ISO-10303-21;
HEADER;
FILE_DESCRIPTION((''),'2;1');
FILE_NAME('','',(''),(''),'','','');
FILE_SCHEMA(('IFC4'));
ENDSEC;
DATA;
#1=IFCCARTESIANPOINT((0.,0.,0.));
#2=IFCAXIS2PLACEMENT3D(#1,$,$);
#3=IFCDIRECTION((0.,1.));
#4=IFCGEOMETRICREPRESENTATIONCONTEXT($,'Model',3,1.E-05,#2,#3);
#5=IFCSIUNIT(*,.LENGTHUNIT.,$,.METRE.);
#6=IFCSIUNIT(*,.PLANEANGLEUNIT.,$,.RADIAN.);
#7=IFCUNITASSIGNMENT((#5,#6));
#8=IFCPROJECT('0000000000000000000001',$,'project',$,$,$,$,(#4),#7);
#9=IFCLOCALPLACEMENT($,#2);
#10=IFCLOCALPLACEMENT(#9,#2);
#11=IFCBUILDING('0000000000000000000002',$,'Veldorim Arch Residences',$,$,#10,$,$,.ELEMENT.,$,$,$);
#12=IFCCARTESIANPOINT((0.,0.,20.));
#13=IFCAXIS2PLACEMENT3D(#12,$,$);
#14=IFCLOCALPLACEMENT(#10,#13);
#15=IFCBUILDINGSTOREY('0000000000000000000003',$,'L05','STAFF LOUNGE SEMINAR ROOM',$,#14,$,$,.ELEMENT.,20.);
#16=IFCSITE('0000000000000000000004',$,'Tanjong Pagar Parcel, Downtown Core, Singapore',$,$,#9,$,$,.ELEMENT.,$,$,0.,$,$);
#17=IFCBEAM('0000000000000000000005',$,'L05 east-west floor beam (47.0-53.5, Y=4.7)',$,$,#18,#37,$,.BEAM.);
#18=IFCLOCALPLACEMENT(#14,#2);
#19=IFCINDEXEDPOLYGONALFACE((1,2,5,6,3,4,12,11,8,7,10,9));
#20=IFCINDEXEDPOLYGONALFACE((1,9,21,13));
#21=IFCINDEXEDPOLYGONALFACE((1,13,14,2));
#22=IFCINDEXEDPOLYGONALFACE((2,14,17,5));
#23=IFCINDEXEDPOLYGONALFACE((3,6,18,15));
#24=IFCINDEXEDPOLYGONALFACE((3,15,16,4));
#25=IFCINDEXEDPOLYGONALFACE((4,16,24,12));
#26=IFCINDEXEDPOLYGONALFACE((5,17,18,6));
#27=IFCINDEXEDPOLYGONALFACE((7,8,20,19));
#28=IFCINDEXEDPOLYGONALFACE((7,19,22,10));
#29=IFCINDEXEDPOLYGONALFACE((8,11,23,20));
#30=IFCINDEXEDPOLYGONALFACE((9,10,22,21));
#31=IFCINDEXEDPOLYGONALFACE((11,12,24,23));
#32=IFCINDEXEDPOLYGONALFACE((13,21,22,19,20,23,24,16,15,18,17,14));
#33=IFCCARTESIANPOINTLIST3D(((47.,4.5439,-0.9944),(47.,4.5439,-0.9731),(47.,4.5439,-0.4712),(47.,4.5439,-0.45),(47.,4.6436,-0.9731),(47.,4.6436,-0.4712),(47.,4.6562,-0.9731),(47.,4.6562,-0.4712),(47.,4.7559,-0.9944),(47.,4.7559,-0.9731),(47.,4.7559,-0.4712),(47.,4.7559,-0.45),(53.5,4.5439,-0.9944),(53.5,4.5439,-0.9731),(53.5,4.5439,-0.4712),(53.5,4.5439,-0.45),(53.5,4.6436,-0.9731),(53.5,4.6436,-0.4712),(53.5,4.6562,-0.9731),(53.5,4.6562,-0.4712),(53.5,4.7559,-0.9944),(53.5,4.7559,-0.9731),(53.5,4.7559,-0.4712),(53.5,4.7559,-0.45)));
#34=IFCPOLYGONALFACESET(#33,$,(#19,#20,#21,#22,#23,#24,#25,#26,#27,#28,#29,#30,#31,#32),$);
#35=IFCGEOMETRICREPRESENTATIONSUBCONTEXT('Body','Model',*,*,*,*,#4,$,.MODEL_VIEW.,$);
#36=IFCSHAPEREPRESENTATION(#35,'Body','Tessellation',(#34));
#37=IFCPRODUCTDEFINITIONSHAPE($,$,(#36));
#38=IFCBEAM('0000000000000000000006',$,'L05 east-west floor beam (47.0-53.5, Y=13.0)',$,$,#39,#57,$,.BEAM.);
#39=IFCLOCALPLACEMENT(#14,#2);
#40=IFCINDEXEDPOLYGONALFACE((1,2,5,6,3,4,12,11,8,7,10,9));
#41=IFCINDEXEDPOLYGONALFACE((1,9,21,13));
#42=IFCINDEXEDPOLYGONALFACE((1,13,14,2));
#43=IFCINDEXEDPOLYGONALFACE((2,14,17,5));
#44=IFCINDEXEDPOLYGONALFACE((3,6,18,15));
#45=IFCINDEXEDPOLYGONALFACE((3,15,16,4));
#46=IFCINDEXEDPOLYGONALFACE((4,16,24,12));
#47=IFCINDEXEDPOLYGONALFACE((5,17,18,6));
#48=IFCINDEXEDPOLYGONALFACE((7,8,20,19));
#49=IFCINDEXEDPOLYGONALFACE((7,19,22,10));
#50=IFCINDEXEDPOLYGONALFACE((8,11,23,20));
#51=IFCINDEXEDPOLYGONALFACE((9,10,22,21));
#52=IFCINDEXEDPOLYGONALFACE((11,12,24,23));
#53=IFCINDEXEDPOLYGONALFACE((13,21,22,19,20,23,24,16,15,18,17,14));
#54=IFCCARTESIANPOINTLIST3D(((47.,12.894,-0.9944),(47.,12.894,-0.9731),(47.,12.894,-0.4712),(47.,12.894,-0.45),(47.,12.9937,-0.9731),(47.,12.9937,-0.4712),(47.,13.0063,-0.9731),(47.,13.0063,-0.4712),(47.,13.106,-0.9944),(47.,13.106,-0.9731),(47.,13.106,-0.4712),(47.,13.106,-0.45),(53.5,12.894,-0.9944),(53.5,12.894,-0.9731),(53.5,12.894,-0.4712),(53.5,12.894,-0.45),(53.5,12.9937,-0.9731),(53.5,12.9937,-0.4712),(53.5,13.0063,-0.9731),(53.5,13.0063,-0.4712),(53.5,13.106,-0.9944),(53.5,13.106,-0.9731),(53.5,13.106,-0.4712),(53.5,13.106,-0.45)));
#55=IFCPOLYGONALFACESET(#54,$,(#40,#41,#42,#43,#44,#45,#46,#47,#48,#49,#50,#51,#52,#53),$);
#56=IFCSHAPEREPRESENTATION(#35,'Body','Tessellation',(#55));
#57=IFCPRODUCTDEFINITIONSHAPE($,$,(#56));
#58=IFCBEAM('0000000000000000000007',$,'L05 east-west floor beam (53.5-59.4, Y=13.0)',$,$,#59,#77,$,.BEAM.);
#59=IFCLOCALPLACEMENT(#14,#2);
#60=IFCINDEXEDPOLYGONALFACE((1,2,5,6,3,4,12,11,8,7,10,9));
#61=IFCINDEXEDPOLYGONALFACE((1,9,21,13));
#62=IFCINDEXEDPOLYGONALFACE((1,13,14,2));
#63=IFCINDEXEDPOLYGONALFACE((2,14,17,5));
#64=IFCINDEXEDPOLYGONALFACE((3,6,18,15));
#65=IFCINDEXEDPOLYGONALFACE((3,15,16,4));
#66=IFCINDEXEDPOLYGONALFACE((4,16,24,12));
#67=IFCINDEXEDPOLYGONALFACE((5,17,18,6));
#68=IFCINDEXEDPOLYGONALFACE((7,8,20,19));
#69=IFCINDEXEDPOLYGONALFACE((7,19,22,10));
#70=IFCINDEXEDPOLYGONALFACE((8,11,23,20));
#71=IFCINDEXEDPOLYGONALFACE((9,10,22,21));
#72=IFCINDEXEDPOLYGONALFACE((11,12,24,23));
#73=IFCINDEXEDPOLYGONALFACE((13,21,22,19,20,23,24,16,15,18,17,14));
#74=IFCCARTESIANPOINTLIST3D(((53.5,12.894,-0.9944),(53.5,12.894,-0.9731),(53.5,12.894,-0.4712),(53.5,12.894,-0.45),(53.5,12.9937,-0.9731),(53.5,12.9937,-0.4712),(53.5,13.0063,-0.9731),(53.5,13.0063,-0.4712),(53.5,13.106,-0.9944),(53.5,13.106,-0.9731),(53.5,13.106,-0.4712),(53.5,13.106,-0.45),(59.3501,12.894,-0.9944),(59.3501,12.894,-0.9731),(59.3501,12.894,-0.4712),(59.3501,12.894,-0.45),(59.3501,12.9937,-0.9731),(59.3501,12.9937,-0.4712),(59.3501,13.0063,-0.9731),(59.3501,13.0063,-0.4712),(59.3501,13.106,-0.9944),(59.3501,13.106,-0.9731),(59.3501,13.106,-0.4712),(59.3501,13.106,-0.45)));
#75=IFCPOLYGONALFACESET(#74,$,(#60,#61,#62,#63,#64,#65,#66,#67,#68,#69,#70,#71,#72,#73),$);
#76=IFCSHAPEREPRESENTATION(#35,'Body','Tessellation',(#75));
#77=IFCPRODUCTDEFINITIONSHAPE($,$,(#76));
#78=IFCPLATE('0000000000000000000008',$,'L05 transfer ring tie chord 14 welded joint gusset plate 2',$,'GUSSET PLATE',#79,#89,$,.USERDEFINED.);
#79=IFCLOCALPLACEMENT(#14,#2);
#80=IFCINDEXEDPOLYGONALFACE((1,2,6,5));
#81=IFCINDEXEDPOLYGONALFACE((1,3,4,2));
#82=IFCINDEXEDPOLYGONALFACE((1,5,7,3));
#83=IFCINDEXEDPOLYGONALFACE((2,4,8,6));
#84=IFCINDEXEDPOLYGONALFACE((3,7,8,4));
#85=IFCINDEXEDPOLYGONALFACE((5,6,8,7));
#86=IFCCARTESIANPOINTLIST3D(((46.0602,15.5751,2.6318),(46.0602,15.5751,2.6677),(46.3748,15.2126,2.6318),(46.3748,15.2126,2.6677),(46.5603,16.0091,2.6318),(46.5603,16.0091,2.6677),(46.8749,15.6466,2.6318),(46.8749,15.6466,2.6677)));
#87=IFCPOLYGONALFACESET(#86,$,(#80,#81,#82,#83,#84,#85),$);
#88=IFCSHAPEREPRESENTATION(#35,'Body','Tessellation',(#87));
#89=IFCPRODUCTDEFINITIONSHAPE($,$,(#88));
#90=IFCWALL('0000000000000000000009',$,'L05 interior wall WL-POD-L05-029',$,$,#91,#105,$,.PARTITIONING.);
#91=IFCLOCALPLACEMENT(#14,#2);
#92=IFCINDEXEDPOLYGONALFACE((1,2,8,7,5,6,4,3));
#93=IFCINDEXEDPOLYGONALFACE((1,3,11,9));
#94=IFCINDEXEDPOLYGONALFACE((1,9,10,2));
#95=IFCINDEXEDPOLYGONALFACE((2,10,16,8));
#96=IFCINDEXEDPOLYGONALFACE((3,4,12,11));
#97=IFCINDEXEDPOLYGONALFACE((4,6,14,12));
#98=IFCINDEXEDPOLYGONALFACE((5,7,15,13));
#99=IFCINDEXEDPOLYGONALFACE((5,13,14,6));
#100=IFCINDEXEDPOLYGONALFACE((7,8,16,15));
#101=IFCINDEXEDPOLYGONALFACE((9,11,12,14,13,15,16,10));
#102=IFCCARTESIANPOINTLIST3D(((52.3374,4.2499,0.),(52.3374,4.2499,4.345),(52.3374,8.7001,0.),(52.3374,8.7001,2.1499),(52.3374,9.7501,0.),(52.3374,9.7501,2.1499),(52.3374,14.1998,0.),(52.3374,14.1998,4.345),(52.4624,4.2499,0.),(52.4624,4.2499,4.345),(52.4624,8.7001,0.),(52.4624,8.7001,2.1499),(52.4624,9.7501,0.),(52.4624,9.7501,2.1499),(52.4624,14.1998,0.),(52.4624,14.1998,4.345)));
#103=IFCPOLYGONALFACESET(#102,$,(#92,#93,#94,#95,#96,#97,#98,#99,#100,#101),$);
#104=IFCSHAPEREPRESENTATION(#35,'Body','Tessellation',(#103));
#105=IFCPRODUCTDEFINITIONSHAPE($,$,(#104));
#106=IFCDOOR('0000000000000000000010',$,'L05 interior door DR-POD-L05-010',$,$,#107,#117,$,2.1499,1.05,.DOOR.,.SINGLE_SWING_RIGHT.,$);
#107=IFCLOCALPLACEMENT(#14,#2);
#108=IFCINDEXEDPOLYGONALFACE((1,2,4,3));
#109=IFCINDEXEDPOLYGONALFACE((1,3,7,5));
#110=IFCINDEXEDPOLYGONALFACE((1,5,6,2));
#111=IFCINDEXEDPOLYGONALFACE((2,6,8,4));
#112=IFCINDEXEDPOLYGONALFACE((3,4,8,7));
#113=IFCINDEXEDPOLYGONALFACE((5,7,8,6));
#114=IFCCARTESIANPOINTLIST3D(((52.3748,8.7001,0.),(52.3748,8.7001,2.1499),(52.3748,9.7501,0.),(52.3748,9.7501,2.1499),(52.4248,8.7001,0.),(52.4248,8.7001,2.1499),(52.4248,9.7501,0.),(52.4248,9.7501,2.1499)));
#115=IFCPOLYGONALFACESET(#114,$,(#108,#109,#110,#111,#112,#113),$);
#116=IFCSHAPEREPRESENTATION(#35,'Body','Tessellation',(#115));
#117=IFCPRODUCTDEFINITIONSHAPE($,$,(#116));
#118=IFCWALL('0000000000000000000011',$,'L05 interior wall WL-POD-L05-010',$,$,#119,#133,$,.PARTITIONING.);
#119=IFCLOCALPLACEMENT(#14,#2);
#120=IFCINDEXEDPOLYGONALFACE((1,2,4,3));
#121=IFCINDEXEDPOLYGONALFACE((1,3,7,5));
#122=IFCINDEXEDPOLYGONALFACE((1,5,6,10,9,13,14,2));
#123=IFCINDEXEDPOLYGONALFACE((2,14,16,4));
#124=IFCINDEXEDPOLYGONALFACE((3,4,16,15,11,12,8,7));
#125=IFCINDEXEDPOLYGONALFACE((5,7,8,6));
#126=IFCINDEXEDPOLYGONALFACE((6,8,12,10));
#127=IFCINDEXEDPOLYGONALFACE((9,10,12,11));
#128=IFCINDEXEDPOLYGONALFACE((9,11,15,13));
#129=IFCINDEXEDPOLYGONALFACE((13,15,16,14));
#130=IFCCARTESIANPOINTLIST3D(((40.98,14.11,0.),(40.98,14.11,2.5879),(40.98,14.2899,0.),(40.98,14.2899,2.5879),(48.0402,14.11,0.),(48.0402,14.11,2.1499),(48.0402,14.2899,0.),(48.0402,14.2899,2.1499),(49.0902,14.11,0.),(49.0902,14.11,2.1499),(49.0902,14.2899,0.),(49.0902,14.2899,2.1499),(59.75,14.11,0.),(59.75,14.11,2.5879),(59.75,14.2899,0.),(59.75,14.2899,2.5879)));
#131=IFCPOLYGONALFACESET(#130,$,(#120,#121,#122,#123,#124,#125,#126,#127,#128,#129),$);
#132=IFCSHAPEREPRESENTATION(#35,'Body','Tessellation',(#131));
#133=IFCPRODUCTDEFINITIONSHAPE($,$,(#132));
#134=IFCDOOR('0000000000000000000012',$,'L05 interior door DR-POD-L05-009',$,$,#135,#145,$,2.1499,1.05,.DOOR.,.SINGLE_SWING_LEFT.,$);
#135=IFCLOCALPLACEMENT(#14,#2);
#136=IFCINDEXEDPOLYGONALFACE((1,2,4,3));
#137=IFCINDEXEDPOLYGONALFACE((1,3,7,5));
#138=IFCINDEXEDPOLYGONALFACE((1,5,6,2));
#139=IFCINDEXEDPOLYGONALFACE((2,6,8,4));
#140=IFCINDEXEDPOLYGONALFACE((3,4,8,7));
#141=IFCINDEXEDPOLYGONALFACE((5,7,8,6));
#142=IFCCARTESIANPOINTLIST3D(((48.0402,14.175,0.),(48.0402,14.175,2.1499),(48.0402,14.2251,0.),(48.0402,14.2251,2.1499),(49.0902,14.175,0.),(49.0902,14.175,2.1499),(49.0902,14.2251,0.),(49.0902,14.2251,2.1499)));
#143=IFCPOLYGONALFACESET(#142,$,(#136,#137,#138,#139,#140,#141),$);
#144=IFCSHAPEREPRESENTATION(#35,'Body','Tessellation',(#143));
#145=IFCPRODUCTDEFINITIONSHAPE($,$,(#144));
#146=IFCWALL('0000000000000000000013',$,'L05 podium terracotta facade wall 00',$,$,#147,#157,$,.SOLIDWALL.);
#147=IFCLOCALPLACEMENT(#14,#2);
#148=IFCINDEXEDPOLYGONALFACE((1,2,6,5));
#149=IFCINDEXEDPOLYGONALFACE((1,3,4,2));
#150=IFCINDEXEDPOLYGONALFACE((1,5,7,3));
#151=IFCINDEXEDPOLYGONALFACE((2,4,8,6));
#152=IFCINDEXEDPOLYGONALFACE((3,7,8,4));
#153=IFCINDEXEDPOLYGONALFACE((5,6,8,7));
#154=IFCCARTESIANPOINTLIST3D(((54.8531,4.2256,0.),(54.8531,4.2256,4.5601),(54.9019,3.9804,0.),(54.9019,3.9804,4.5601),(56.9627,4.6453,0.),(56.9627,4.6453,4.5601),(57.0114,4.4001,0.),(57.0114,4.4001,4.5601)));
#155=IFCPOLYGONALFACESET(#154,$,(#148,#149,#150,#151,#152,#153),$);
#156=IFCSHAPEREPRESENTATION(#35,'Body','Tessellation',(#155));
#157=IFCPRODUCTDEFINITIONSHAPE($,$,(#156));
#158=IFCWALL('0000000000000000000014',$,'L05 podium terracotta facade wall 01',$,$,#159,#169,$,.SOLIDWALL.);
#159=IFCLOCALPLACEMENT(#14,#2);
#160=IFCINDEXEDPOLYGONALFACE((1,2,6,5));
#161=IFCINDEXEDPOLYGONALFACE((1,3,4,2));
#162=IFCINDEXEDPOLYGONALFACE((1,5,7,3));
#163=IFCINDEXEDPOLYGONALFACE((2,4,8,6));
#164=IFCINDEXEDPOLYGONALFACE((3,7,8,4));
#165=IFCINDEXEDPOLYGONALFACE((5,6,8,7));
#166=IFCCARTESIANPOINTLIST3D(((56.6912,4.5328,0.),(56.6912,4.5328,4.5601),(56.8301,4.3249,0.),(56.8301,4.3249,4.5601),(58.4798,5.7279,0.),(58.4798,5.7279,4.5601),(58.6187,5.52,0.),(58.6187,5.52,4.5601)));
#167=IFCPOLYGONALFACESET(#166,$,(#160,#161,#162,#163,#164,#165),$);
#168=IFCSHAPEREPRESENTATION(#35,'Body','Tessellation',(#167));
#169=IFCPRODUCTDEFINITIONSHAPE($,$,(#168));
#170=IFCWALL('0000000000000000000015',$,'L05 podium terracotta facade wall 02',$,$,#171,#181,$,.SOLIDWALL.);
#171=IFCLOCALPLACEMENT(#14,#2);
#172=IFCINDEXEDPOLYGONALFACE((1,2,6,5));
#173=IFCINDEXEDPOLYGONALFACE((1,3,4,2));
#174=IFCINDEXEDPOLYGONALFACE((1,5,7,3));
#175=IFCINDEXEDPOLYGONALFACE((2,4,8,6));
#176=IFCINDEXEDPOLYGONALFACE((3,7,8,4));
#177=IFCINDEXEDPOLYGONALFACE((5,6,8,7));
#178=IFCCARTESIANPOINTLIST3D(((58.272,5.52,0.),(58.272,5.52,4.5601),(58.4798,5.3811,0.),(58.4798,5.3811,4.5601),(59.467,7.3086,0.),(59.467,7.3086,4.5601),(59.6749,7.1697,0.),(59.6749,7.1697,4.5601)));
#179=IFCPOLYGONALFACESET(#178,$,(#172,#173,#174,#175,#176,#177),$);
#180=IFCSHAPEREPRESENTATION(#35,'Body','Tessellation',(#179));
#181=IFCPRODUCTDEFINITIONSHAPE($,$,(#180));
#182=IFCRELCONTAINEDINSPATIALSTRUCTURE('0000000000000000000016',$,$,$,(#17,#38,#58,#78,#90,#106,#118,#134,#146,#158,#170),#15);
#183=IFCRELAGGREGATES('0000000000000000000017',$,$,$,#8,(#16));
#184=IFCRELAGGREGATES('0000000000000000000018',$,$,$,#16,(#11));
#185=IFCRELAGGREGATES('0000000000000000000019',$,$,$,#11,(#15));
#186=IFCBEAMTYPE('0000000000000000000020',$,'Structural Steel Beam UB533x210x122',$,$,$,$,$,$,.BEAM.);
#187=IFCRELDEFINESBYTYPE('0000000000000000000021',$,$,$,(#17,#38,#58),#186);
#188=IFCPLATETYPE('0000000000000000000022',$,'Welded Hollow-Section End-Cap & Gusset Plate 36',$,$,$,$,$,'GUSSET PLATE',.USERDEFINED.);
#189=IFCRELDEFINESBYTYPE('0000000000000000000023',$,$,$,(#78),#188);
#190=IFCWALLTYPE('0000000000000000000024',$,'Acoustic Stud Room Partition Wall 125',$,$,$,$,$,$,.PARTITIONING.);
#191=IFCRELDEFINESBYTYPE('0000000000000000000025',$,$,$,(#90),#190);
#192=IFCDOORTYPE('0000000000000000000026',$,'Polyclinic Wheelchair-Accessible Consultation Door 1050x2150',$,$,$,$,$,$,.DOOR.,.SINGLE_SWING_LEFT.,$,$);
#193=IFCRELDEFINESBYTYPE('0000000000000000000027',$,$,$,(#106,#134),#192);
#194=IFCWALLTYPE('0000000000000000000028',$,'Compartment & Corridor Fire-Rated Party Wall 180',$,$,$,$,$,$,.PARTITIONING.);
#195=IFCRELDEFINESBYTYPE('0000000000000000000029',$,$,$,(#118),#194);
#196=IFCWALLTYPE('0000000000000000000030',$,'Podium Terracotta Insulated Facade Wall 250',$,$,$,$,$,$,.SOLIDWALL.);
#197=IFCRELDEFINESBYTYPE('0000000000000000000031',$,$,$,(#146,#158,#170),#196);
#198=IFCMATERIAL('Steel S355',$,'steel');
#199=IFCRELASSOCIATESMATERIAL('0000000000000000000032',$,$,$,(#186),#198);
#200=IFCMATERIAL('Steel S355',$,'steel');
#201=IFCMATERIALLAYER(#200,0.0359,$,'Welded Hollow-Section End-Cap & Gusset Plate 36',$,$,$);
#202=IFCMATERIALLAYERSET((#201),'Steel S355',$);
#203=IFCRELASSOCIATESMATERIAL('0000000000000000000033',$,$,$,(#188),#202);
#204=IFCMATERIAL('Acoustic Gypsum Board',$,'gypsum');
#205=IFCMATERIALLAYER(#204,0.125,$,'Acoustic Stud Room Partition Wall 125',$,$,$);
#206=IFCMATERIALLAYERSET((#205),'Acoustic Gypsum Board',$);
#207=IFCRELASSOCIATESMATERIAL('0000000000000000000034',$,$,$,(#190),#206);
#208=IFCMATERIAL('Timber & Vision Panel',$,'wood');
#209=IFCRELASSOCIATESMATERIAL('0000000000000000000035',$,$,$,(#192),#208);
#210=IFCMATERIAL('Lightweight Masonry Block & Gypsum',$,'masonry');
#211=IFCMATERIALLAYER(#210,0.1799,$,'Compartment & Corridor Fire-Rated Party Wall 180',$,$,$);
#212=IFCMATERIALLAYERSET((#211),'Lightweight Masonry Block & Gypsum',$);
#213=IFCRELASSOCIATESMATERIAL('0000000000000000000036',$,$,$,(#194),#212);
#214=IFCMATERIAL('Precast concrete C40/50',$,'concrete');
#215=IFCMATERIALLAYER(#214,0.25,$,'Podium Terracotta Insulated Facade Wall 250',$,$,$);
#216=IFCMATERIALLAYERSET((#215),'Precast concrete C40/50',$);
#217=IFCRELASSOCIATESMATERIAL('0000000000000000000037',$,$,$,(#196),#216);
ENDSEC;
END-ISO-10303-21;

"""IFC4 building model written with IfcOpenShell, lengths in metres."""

from ifc_helpers import new_model, si_unit, direction, frame, frame_2d, origin, origin_2d, place, context, subcontext, project, spatial, rectangle, i_section, extrude, material, layer, layer_set, material_profile, profile_set, type_object, element, fill, save


model = new_model("IFC4")

# Units and contexts
model_context = context("Model", 3, precision=1e-05, world=origin(), true_north=direction((0.0, 1.0)))
body_context = subcontext(model_context, "Body", "Model", "MODEL_VIEW")
ifc_project = project(units=[si_unit("LENGTHUNIT", "METRE"), si_unit("PLANEANGLEUNIT", "RADIAN")], contexts=[model_context])

# Site, building, storey
site_placement = place(None, origin())
site = spatial("IfcSite", under=ifc_project, at=site_placement, Name="Tanjong Pagar Parcel, Downtown Core, Singapore", CompositionType="ELEMENT", RefElevation=0.0)
building_placement = place(site_placement, origin())
building = spatial("IfcBuilding", under=site, at=building_placement, Name="Veldorim Arch Residences", CompositionType="ELEMENT")
storey_placement = place(building_placement, frame((0.0, 0.0, 20.0)))
storey = spatial("IfcBuildingStorey", under=building, at=storey_placement, Name="L05", Description="STAFF LOUNGE SEMINAR ROOM", CompositionType="ELEMENT", Elevation=20.0)

# Beams
ifc_material_1 = material(Name="Steel S355", Category="steel")
ifc_material_profile_1 = material_profile(ifc_material_1, i_section(OverallWidth=0.2119, OverallDepth=0.5444, WebThickness=0.0127, FlangeThickness=0.0212, at=origin_2d()), Name="UB533x210x122")
ifc_profile_set_1 = profile_set([ifc_material_profile_1], Name="Steel S355")
beam_type_1 = type_object("IfcBeamType", Name="Structural Steel Beam UB533x210x122", PredefinedType="BEAM", material=ifc_profile_set_1)
for number, where, z_axis, x_axis, name in (
    (1, (47.0, 4.6499, -0.7222), (1.0, 0.0, 0.0), (0.0, 1.0, 0.0), "L05 east-west floor beam (47.0-53.5, Y=4.7)"),
    (2, (47.0, 13.0, -0.7222), (1.0, 0.0, 0.0), (0.0, 1.0, 0.0), "L05 east-west floor beam (47.0-53.5, Y=13.0)"),
):
    element("IfcBeam", number, at=place(storey_placement, frame(where, z_axis=z_axis, x_axis=x_axis)), inside=storey, type_object=beam_type_1, Name=name, PredefinedType="BEAM", context=body_context, shape_type="SweptSolid", body=[
        extrude(i_section(OverallWidth=0.2119, OverallDepth=0.5444, WebThickness=0.0127, FlangeThickness=0.0212, at=origin_2d()), origin(), (0.0, 0.0, 1.0), 6.5),
    ])
beam_1_placement = place(storey_placement, frame((53.5, 13.0, -0.7222), z_axis=(1.0, 0.0, 0.0), x_axis=(0.0, 1.0, 0.0)))
element("IfcBeam", 3, at=beam_1_placement, inside=storey, type_object=beam_type_1, Name="L05 east-west floor beam (53.5-59.4, Y=13.0)", PredefinedType="BEAM", context=body_context, shape_type="SweptSolid", body=[
    extrude(i_section(OverallWidth=0.2119, OverallDepth=0.5444, WebThickness=0.0127, FlangeThickness=0.0212, at=origin_2d()), origin(), (0.0, 0.0, 1.0), 5.8501),
])

# Plate
ifc_material_2 = material(Name="Steel S355", Category="steel")
ifc_layer_1 = layer(ifc_material_2, 0.0359, Name="Welded Hollow-Section End-Cap & Gusset Plate 36")
ifc_layer_set_1 = layer_set([ifc_layer_1], Name="Steel S355")
plate_type = type_object("IfcPlateType", Name="Welded Hollow-Section End-Cap & Gusset Plate 36", ElementType="GUSSET PLATE", PredefinedType="USERDEFINED", material=ifc_layer_set_1)
plate_placement = place(storey_placement, frame((46.4675, 15.6108, 2.6318), z_axis=(0.0, 0.0, 1.0), x_axis=(0.755259, 0.655427, 0.0)))
element("IfcPlate", 4, at=plate_placement, inside=storey, type_object=plate_type, Name="L05 transfer ring tie chord 14 welded joint gusset plate 2", ObjectType="GUSSET PLATE", PredefinedType="USERDEFINED", context=body_context, shape_type="SweptSolid", body=[
    extrude(rectangle(XDim=0.6621, YDim=0.48, at=origin_2d()), origin(), (0.0, 0.0, 1.0), 0.0359),
])

# Walls, openings, doors
ifc_material_3 = material(Name="Acoustic Gypsum Board", Category="gypsum")
ifc_layer_2 = layer(ifc_material_3, 0.125, Name="Acoustic Stud Room Partition Wall 125")
ifc_layer_set_2 = layer_set([ifc_layer_2], Name="Acoustic Gypsum Board")
wall_type_1 = type_object("IfcWallType", Name="Acoustic Stud Room Partition Wall 125", PredefinedType="PARTITIONING", material=ifc_layer_set_2)
wall_1_placement = place(storey_placement, frame((52.3999, 14.2, 0.0), z_axis=(0.0, 0.0, 1.0), x_axis=(0.0, -1.0, 0.0)))
wall_1 = element("IfcWall", 5, at=wall_1_placement, inside=storey, type_object=wall_type_1, Name="L05 interior wall WL-POD-L05-029", PredefinedType="PARTITIONING", context=body_context, shape_type="SweptSolid", body=[
    extrude(rectangle(XDim=9.95, YDim=0.125, at=frame_2d((4.9751, 0.0))), origin(), (0.0, 0.0, 1.0), 4.345),
])
opening_1_placement = place(wall_1_placement, frame((4.45, 0.0, 0.0)))
opening_1 = element("IfcOpeningElement", 6, at=opening_1_placement, cuts=wall_1, PredefinedType="OPENING", context=body_context, shape_type="SweptSolid", body=[
    extrude(rectangle(XDim=1.05, YDim=2.1499, at=frame_2d((0.5249, 1.075))), frame((0.0, 0.0725, 0.0), z_axis=(0.0, -1.0, 0.0), x_axis=(1.0, 0.0, 0.0)), (0.0, 0.0, 1.0), 0.145),
])
ifc_material_4 = material(Name="Timber & Vision Panel", Category="wood")
door_type = type_object("IfcDoorType", Name="Polyclinic Wheelchair-Accessible Consultation Door 1050x2150", OperationType="SINGLE_SWING_LEFT", PredefinedType="DOOR", material=ifc_material_4)
door_1_placement = place(opening_1_placement, origin())
door_1 = element("IfcDoor", 7, at=door_1_placement, inside=storey, type_object=door_type, Name="L05 interior door DR-POD-L05-010", OperationType="SINGLE_SWING_RIGHT", OverallHeight=2.1499, OverallWidth=1.05, PredefinedType="DOOR", context=body_context, shape_type="SweptSolid", body=[
    extrude(rectangle(XDim=1.05, YDim=2.1499, at=frame_2d((0.5249, 1.075))), frame((0.0, 0.0249, 0.0), z_axis=(0.0, -1.0, 0.0), x_axis=(1.0, 0.0, 0.0)), (0.0, 0.0, 1.0), 0.05),
])
fill(opening_1, door_1)
ifc_material_5 = material(Name="Lightweight Masonry Block & Gypsum", Category="masonry")
ifc_layer_3 = layer(ifc_material_5, 0.1799, Name="Compartment & Corridor Fire-Rated Party Wall 180")
ifc_layer_set_3 = layer_set([ifc_layer_3], Name="Lightweight Masonry Block & Gypsum")
wall_type_2 = type_object("IfcWallType", Name="Compartment & Corridor Fire-Rated Party Wall 180", PredefinedType="PARTITIONING", material=ifc_layer_set_3)
wall_2_placement = place(storey_placement, frame((59.75, 14.2, 0.0), z_axis=(0.0, 0.0, 1.0), x_axis=(-1.0, 0.0, 0.0)))
wall_2 = element("IfcWall", 8, at=wall_2_placement, inside=storey, type_object=wall_type_2, Name="L05 interior wall WL-POD-L05-010", PredefinedType="PARTITIONING", context=body_context, shape_type="SweptSolid", body=[
    extrude(rectangle(XDim=18.77, YDim=0.1799, at=frame_2d((9.385, 0.0))), origin(), (0.0, 0.0, 1.0), 2.5879),
])
opening_2_placement = place(wall_2_placement, frame((10.6599, 0.0, 0.0)))
opening_2 = element("IfcOpeningElement", 9, at=opening_2_placement, cuts=wall_2, PredefinedType="OPENING", context=body_context, shape_type="SweptSolid", body=[
    extrude(rectangle(XDim=1.05, YDim=2.1499, at=frame_2d((0.5249, 1.075))), frame((0.0, 0.0999, 0.0), z_axis=(0.0, -1.0, 0.0), x_axis=(1.0, 0.0, 0.0)), (0.0, 0.0, 1.0), 0.2),
])
door_2_placement = place(opening_2_placement, origin())
door_2 = element("IfcDoor", 10, at=door_2_placement, inside=storey, type_object=door_type, Name="L05 interior door DR-POD-L05-009", OperationType="SINGLE_SWING_LEFT", OverallHeight=2.1499, OverallWidth=1.05, PredefinedType="DOOR", context=body_context, shape_type="SweptSolid", body=[
    extrude(rectangle(XDim=1.05, YDim=2.1499, at=frame_2d((0.5249, 1.075))), frame((0.0, 0.0249, 0.0), z_axis=(0.0, -1.0, 0.0), x_axis=(1.0, 0.0, 0.0)), (0.0, 0.0, 1.0), 0.05),
])
fill(opening_2, door_2)

# Walls
ifc_material_6 = material(Name="Precast concrete C40/50", Category="concrete")
ifc_layer_4 = layer(ifc_material_6, 0.25, Name="Podium Terracotta Insulated Facade Wall 250")
ifc_layer_set_4 = layer_set([ifc_layer_4], Name="Precast concrete C40/50")
wall_type_3 = type_object("IfcWallType", Name="Podium Terracotta Insulated Facade Wall 250", PredefinedType="SOLIDWALL", material=ifc_layer_set_4)
wall_3_placement = place(storey_placement, frame((56.9871, 4.5227, 0.0), z_axis=(0.0, 0.0, 1.0), x_axis=(-0.980781, -0.195112, 0.0)))
element("IfcWall", 11, at=wall_3_placement, inside=storey, type_object=wall_type_3, Name="L05 podium terracotta facade wall 00", PredefinedType="SOLIDWALL", context=body_context, shape_type="SweptSolid", body=[
    extrude(rectangle(XDim=2.1509, YDim=0.25, at=frame_2d((1.0754, 0.0))), origin(), (0.0, 0.0, 1.0), 4.5601),
])
for number, where, z_axis, x_axis, name in (
    (12, (58.5493, 5.624, 0.0), (0.0, 0.0, 1.0), (-0.831474, -0.555564, 0.0), "L05 podium terracotta facade wall 01"),
    (13, (59.571, 7.2393, 0.0), (0.0, 0.0, 1.0), (-0.555564, -0.831474, 0.0), "L05 podium terracotta facade wall 02"),
):
    element("IfcWall", number, at=place(storey_placement, frame(where, z_axis=z_axis, x_axis=x_axis)), inside=storey, type_object=wall_type_3, Name=name, PredefinedType="SOLIDWALL", context=body_context, shape_type="SweptSolid", body=[
        extrude(rectangle(XDim=2.1511, YDim=0.25, at=frame_2d((1.0757, 0.0))), origin(), (0.0, 0.0, 1.0), 4.5601),
    ])

save(model, "model.ifc")
